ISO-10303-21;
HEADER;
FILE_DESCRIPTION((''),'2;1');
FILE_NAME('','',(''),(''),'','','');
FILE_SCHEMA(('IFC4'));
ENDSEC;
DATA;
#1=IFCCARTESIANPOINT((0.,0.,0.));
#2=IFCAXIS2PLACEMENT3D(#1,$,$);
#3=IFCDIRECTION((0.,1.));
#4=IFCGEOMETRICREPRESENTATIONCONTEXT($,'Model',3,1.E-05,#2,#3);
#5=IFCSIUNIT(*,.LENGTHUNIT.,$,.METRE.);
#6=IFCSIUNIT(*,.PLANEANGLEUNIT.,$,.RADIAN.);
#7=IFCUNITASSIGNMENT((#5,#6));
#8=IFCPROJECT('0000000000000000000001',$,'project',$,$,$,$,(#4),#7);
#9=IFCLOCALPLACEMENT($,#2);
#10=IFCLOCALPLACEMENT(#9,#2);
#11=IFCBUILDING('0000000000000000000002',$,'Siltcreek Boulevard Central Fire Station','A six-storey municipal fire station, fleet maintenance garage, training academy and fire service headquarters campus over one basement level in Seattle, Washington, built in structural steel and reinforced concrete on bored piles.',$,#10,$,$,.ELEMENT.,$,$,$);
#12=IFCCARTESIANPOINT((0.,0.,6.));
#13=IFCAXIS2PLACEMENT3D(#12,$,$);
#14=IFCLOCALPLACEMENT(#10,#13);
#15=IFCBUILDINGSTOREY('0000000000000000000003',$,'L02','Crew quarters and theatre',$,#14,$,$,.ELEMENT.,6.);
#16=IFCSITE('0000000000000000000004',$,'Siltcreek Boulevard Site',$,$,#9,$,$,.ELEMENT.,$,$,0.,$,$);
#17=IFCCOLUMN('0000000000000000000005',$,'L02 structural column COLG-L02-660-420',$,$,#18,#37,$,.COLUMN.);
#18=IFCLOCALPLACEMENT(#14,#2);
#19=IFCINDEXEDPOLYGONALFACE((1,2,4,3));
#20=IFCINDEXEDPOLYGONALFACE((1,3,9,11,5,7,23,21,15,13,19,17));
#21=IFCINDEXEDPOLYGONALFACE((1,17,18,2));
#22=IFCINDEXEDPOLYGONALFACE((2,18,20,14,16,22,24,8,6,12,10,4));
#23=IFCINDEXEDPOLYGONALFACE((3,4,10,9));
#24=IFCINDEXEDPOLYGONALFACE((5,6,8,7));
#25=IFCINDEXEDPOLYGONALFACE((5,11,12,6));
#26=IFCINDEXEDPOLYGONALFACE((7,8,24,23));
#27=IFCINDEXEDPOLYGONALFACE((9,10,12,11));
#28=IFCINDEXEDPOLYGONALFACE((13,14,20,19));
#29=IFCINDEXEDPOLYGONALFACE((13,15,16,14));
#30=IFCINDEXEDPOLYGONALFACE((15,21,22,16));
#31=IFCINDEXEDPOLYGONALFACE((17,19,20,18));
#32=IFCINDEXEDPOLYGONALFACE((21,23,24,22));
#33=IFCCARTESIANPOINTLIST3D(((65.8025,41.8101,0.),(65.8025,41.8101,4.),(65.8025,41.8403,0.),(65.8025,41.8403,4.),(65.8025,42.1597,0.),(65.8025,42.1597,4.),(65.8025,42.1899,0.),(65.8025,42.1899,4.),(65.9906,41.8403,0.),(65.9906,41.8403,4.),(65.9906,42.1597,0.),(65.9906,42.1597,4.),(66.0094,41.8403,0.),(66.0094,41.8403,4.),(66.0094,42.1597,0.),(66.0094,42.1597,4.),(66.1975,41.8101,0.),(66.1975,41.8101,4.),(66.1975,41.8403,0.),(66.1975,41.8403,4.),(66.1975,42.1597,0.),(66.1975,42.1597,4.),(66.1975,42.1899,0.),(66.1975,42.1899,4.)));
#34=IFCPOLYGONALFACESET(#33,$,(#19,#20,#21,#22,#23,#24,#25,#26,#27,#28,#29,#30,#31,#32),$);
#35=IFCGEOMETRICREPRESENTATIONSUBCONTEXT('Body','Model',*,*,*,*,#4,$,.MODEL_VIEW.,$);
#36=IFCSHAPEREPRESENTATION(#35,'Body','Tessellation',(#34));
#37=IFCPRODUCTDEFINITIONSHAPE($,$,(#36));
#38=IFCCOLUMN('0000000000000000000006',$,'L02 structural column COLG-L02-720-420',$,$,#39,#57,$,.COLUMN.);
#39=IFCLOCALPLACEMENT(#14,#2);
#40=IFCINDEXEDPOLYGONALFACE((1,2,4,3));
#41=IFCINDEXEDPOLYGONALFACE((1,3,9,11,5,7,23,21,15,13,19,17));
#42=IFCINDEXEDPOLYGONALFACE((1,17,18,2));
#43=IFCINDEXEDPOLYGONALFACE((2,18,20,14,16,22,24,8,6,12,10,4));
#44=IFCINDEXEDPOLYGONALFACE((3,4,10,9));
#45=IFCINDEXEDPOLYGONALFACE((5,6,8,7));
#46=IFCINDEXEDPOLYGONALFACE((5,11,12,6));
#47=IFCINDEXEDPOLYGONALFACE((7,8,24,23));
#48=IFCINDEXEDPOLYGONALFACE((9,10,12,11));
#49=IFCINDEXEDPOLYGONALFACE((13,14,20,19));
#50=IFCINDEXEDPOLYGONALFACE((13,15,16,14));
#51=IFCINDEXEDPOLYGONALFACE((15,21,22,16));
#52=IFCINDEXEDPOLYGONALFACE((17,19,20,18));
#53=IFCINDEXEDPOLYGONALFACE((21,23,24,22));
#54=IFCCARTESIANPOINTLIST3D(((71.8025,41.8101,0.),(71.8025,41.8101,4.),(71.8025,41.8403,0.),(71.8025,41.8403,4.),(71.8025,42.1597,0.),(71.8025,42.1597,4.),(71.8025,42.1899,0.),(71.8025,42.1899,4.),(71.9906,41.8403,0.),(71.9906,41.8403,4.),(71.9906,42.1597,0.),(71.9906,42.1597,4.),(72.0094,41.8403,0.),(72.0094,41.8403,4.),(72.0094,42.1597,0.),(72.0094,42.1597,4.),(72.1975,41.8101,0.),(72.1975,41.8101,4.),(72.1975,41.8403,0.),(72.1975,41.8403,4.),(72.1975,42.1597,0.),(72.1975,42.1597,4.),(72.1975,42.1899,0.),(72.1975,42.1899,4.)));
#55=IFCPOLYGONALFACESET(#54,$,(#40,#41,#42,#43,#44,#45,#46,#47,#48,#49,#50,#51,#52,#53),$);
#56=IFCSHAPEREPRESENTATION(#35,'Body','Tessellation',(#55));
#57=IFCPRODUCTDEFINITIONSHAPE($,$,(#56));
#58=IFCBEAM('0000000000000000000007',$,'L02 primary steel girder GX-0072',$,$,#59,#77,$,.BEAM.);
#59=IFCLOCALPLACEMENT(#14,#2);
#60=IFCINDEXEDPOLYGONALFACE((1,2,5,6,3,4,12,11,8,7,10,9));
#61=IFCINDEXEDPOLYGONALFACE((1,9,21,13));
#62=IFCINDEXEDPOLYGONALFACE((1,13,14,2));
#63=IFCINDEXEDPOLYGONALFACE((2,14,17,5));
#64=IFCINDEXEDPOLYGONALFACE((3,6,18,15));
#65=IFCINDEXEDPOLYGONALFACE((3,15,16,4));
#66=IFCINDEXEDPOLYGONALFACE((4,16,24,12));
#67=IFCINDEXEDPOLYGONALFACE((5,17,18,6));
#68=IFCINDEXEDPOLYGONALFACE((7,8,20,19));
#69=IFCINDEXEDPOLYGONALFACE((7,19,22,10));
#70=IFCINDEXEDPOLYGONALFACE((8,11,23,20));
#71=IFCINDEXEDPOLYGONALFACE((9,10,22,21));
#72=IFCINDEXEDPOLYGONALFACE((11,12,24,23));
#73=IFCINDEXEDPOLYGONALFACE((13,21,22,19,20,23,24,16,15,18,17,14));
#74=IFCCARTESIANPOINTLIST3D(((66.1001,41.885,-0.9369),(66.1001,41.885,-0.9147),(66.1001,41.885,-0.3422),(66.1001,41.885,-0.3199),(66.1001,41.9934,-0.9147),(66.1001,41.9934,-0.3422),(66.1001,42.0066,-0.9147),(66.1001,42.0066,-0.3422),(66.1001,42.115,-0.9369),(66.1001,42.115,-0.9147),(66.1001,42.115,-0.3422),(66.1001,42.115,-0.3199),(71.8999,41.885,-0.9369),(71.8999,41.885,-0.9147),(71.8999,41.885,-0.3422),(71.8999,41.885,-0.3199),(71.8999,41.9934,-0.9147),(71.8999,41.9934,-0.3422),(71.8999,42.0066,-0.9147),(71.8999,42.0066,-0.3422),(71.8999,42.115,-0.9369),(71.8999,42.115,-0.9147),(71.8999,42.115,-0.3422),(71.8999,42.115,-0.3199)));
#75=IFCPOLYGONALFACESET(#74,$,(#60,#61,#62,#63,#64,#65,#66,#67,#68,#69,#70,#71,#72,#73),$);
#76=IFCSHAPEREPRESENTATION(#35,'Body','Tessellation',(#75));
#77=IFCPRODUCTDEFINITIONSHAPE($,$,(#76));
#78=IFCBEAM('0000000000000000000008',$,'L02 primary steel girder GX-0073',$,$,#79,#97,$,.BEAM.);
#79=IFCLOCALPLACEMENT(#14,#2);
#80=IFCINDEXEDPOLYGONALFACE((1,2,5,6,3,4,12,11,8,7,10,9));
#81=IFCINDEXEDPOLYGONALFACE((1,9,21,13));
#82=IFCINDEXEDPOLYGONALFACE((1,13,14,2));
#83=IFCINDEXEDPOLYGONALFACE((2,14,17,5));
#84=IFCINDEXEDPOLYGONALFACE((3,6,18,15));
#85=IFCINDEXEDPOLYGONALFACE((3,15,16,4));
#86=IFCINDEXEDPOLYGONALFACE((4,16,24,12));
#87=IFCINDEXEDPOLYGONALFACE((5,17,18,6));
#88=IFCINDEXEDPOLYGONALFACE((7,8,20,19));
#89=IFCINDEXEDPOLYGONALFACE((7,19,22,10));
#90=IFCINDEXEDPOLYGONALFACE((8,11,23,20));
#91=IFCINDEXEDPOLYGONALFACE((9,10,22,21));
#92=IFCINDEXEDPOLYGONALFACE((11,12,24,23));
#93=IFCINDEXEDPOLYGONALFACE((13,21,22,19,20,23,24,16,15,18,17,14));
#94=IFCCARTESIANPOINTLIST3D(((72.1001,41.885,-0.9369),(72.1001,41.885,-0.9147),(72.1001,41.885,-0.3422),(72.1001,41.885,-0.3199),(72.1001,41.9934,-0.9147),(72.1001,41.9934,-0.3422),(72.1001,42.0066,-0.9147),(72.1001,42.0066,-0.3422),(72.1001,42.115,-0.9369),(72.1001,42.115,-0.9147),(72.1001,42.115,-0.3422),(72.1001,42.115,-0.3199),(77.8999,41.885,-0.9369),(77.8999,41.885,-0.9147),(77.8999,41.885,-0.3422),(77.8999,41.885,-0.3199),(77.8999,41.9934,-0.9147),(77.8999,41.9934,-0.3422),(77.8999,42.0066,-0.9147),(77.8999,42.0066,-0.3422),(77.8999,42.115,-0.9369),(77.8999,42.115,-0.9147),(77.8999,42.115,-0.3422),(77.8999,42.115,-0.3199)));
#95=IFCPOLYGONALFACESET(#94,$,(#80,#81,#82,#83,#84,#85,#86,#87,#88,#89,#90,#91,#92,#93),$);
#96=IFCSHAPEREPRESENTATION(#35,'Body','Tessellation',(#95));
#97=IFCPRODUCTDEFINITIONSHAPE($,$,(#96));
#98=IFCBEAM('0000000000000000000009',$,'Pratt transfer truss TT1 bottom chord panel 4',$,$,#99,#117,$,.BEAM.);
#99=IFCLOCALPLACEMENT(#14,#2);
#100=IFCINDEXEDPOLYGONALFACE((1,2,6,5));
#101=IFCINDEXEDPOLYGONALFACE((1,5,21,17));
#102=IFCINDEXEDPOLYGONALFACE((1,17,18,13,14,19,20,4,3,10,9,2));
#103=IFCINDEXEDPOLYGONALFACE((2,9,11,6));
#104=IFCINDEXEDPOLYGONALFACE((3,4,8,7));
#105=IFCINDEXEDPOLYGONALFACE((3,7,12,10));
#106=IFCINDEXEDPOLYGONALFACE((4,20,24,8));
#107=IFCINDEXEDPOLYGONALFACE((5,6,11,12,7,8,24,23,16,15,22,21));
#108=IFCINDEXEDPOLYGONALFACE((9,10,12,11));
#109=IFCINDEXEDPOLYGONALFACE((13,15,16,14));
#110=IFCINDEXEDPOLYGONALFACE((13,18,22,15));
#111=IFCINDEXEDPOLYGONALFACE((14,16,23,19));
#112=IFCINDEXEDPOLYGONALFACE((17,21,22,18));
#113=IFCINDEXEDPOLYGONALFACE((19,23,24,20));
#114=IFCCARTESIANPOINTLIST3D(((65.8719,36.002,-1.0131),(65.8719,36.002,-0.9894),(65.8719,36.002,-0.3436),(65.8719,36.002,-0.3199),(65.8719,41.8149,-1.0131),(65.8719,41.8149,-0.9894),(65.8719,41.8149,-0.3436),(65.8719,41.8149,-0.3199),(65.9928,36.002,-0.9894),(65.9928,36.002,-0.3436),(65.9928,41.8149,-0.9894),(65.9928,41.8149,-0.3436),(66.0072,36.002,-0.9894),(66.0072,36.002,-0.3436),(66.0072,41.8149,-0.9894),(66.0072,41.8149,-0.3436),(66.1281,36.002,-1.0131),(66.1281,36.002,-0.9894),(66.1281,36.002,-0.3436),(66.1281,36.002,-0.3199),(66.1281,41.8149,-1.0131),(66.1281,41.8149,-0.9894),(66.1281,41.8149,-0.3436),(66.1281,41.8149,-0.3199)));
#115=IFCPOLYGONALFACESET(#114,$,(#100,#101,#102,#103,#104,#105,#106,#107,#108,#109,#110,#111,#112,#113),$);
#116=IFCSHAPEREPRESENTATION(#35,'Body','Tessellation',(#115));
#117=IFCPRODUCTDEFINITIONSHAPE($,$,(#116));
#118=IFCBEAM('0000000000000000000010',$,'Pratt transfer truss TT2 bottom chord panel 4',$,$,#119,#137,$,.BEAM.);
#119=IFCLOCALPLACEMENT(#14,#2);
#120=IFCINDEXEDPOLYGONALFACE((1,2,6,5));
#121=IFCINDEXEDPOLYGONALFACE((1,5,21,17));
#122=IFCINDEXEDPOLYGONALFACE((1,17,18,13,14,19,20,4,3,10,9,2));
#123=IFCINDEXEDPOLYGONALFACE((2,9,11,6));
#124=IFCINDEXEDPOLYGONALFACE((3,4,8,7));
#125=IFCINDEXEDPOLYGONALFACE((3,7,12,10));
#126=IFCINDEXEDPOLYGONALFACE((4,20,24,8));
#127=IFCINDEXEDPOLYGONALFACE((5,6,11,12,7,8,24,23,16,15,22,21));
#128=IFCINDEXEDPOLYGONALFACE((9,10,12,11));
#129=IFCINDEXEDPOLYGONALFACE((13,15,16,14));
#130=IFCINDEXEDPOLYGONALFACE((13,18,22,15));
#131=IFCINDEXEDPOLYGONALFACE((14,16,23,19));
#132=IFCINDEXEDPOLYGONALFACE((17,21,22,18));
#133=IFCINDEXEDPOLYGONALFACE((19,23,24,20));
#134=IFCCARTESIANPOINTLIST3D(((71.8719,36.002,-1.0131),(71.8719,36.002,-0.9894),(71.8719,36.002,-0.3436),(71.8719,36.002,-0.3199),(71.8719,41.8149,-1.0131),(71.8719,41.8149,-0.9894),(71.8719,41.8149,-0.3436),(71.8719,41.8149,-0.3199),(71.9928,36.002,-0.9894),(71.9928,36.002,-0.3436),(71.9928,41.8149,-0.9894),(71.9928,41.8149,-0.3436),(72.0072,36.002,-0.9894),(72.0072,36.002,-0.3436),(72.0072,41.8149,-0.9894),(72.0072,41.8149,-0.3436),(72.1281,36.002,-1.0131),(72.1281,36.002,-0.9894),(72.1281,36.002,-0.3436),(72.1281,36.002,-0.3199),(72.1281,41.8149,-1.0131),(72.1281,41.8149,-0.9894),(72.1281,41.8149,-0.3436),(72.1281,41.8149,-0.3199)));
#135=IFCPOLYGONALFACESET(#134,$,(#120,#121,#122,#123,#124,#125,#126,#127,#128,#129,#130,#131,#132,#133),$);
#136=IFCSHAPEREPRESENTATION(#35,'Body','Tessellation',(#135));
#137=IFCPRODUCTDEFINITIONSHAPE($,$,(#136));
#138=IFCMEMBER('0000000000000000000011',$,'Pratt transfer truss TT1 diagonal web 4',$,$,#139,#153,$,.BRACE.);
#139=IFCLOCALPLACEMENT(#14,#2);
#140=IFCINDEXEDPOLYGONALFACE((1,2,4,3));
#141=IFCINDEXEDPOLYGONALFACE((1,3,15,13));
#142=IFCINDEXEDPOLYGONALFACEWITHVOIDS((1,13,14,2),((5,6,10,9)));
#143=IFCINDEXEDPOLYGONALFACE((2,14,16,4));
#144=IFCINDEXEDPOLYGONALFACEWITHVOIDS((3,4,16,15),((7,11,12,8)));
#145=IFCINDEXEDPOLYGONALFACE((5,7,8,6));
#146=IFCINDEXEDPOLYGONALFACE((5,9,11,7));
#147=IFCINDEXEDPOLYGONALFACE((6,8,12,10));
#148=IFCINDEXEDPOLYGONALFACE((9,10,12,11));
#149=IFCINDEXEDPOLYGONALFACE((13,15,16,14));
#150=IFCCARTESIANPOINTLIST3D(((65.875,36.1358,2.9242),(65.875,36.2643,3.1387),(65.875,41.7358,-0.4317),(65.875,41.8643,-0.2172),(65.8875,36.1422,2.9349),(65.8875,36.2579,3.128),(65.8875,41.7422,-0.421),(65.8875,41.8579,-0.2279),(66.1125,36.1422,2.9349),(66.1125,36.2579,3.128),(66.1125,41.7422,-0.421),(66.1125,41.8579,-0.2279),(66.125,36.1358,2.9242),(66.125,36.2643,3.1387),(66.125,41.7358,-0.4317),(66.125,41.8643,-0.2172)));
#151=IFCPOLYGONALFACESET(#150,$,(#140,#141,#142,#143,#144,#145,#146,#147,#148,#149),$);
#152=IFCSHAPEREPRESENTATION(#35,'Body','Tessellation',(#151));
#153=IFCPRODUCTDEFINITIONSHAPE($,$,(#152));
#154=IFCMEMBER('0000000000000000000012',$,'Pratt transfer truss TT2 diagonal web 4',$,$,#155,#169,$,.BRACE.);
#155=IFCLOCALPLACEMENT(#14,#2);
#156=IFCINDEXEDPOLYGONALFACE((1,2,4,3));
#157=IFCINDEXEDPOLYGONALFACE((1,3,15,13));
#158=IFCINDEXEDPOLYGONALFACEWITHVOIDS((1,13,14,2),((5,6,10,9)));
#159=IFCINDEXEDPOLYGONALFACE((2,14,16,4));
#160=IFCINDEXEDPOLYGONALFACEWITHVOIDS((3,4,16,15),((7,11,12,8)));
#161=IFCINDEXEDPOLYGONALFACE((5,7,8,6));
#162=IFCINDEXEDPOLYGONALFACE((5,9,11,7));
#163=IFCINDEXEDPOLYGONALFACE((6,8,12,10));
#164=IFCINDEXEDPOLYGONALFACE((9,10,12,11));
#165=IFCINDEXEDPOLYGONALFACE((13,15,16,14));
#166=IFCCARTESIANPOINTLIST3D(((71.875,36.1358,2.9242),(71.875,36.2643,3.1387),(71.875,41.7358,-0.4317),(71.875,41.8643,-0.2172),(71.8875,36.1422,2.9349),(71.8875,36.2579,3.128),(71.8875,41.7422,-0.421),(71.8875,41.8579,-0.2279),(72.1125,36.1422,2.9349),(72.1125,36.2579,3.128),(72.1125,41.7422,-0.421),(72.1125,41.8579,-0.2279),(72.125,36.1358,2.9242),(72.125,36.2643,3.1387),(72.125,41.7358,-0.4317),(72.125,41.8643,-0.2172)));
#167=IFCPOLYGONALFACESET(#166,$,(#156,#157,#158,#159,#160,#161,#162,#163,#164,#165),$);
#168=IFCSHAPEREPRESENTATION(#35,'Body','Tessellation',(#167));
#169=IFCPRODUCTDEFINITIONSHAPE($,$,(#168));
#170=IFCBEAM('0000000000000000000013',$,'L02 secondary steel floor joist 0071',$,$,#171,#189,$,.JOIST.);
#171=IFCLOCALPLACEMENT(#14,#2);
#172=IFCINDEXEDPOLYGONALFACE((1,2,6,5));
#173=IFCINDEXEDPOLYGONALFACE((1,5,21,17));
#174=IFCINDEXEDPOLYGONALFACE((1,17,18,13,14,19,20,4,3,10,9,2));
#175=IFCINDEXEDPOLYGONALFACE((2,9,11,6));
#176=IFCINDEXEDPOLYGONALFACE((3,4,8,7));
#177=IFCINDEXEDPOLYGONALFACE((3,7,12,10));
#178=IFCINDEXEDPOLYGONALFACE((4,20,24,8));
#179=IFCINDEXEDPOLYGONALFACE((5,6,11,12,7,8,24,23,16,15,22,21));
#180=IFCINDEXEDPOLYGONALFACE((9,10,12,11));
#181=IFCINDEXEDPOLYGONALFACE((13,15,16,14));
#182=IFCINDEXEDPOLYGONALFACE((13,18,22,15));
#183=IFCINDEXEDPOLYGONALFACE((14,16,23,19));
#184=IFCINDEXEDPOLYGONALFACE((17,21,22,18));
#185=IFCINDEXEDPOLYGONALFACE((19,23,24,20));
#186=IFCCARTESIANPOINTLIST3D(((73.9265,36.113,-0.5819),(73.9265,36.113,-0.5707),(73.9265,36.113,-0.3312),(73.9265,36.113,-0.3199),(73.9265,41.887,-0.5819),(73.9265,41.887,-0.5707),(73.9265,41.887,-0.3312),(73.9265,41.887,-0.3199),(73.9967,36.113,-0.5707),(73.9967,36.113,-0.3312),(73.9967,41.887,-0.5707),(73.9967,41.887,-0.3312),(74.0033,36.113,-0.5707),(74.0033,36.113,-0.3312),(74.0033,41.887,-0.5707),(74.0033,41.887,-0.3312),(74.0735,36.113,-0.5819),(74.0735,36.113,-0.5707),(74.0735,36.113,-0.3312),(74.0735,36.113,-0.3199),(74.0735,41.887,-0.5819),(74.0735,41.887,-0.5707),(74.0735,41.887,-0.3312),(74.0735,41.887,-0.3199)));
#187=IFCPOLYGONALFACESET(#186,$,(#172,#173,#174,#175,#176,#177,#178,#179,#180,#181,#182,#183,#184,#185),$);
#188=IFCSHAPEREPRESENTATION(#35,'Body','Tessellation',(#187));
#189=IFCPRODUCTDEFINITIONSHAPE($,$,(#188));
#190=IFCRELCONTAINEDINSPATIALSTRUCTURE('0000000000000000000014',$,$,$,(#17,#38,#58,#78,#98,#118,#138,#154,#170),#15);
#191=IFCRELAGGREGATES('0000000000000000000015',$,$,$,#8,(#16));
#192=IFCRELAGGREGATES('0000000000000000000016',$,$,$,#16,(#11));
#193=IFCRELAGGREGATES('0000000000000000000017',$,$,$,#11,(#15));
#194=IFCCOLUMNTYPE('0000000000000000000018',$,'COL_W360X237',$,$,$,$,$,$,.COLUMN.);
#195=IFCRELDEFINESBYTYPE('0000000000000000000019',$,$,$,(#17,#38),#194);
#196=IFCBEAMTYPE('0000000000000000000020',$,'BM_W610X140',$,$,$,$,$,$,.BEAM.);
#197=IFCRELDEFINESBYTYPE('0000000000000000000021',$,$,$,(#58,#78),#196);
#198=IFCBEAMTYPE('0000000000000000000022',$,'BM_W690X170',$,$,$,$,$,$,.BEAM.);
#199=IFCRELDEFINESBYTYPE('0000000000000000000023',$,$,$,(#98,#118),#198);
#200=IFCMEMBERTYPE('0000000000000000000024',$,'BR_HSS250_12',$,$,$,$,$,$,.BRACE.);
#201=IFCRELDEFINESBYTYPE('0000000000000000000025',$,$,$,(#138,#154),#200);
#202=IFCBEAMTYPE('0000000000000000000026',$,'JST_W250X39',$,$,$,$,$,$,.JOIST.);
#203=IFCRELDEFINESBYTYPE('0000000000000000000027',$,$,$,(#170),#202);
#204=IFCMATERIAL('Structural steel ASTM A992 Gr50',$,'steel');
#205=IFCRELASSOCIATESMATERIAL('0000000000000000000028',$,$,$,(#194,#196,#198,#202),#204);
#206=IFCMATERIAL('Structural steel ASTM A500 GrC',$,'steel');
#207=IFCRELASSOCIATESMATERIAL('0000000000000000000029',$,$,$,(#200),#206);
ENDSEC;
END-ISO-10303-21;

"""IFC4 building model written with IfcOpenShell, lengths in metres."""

from ifc_helpers import new_model, si_unit, direction, frame, origin, origin_2d, place, context, subcontext, project, spatial, hollow_rectangle, i_section, extrude, material, material_profile, profile_set, type_object, element, save


model = new_model("IFC4")

# Units and contexts
model_context = context("Model", 3, precision=1e-05, world=origin(), true_north=direction((0.0, 1.0)))
body_context = subcontext(model_context, "Body", "Model", "MODEL_VIEW")
ifc_project = project(units=[si_unit("LENGTHUNIT", "METRE"), si_unit("PLANEANGLEUNIT", "RADIAN")], contexts=[model_context])

# Site, building, storey
site_placement = place(None, origin())
site = spatial("IfcSite", under=ifc_project, at=site_placement, Name="Siltcreek Boulevard Site", CompositionType="ELEMENT", RefElevation=0.0)
building_placement = place(site_placement, origin())
building = spatial("IfcBuilding", under=site, at=building_placement, Name="Siltcreek Boulevard Central Fire Station", Description="A six-storey municipal fire station, fleet maintenance garage, training academy and fire service headquarters campus over one basement level in Seattle, Washington, built in structural steel and reinforced concrete on bored piles.", CompositionType="ELEMENT")
storey_placement = place(building_placement, frame((0.0, 0.0, 6.0)))
storey = spatial("IfcBuildingStorey", under=building, at=storey_placement, Name="L02", Description="Crew quarters and theatre", CompositionType="ELEMENT", Elevation=6.0)

# Columns
ifc_material_1 = material(Name="Structural steel ASTM A992 Gr50", Category="steel")
ifc_material_profile_1 = material_profile(ifc_material_1, i_section(OverallWidth=0.395, OverallDepth=0.3799, WebThickness=0.0188, FlangeThickness=0.0303, at=origin_2d()), Name="W360X237")
ifc_profile_set_1 = profile_set([ifc_material_profile_1], Name="Structural steel ASTM A992 Gr50")
column_type = type_object("IfcColumnType", Name="COL_W360X237", PredefinedType="COLUMN", material=ifc_profile_set_1)
for number, where, z_axis, x_axis, name in (
    (1, (66.0, 42.0, 0.0), (0.0, 0.0, 1.0), (1.0, 0.0, 0.0), "L02 structural column COLG-L02-660-420"),
    (2, (72.0, 42.0, 0.0), (0.0, 0.0, 1.0), (1.0, 0.0, 0.0), "L02 structural column COLG-L02-720-420"),
):
    element("IfcColumn", number, at=place(storey_placement, frame(where, z_axis=z_axis, x_axis=x_axis)), inside=storey, type_object=column_type, Name=name, PredefinedType="COLUMN", context=body_context, shape_type="SweptSolid", body=[
        extrude(i_section(OverallWidth=0.395, OverallDepth=0.3799, WebThickness=0.0188, FlangeThickness=0.0303, at=origin_2d()), origin(), (0.0, 0.0, 1.0), 4.0),
    ])

# Beams
ifc_material_profile_2 = material_profile(ifc_material_1, i_section(OverallWidth=0.23, OverallDepth=0.6169, WebThickness=0.0132, FlangeThickness=0.0222, at=origin_2d()), Name="W610X140")
ifc_profile_set_2 = profile_set([ifc_material_profile_2], Name="Structural steel ASTM A992 Gr50")
beam_type_1 = type_object("IfcBeamType", Name="BM_W610X140", PredefinedType="BEAM", material=ifc_profile_set_2)
for number, where, z_axis, x_axis, name in (
    (3, (66.1001, 42.0, -0.6284), (1.0, 0.0, 0.0), (0.0, 1.0, 0.0), "L02 primary steel girder GX-0072"),
    (4, (72.1001, 42.0, -0.6284), (1.0, 0.0, 0.0), (0.0, 1.0, 0.0), "L02 primary steel girder GX-0073"),
):
    element("IfcBeam", number, at=place(storey_placement, frame(where, z_axis=z_axis, x_axis=x_axis)), inside=storey, type_object=beam_type_1, Name=name, PredefinedType="BEAM", context=body_context, shape_type="SweptSolid", body=[
        extrude(i_section(OverallWidth=0.23, OverallDepth=0.6169, WebThickness=0.0132, FlangeThickness=0.0222, at=origin_2d()), origin(), (0.0, 0.0, 1.0), 5.7998),
    ])
ifc_material_profile_3 = material_profile(ifc_material_1, i_section(OverallWidth=0.2561, OverallDepth=0.6931, WebThickness=0.0144, FlangeThickness=0.0237, at=origin_2d()), Name="W690X170")
ifc_profile_set_3 = profile_set([ifc_material_profile_3], Name="Structural steel ASTM A992 Gr50")
beam_type_2 = type_object("IfcBeamType", Name="BM_W690X170", PredefinedType="BEAM", material=ifc_profile_set_3)
for number, where, z_axis, x_axis, name in (
    (5, (66.0, 36.002, -0.6665), (0.0, 1.0, 0.0), (-1.0, 0.0, 0.0), "Pratt transfer truss TT1 bottom chord panel 4"),
    (6, (72.0, 36.002, -0.6665), (0.0, 1.0, 0.0), (-1.0, 0.0, 0.0), "Pratt transfer truss TT2 bottom chord panel 4"),
):
    element("IfcBeam", number, at=place(storey_placement, frame(where, z_axis=z_axis, x_axis=x_axis)), inside=storey, type_object=beam_type_2, Name=name, PredefinedType="BEAM", context=body_context, shape_type="SweptSolid", body=[
        extrude(i_section(OverallWidth=0.2561, OverallDepth=0.6931, WebThickness=0.0144, FlangeThickness=0.0237, at=origin_2d()), origin(), (0.0, 0.0, 1.0), 5.813),
    ])

# Members
ifc_material_2 = material(Name="Structural steel ASTM A500 GrC", Category="steel")
ifc_material_profile_4 = material_profile(ifc_material_2, hollow_rectangle(XDim=0.25, YDim=0.25, WallThickness=0.0125, at=origin_2d()), Name="HSS250X250X12.5")
ifc_profile_set_4 = profile_set([ifc_material_profile_4], Name="Structural steel ASTM A500 GrC")
member_type = type_object("IfcMemberType", Name="BR_HSS250_12", PredefinedType="BRACE", material=ifc_profile_set_4)
for number, where, z_axis, x_axis, name in (
    (7, (66.0, 41.8, -0.3245), (0.0, -0.85777, 0.514034), (1.0, 0.0, 0.0), "Pratt transfer truss TT1 diagonal web 4"),
    (8, (72.0, 41.8, -0.3245), (0.0, -0.85777, 0.514034), (1.0, 0.0, 0.0), "Pratt transfer truss TT2 diagonal web 4"),
):
    element("IfcMember", number, at=place(storey_placement, frame(where, z_axis=z_axis, x_axis=x_axis)), inside=storey, type_object=member_type, Name=name, PredefinedType="BRACE", context=body_context, shape_type="SweptSolid", body=[
        extrude(hollow_rectangle(XDim=0.25, YDim=0.25, WallThickness=0.0125, at=origin_2d()), origin(), (0.0, 0.0, 1.0), 6.5286),
    ])

# Beam
ifc_material_profile_5 = material_profile(ifc_material_1, i_section(OverallWidth=0.147, OverallDepth=0.262, WebThickness=0.0066, FlangeThickness=0.0112, at=origin_2d()), Name="W250X39")
ifc_profile_set_5 = profile_set([ifc_material_profile_5], Name="Structural steel ASTM A992 Gr50")
beam_type_3 = type_object("IfcBeamType", Name="JST_W250X39", PredefinedType="JOIST", material=ifc_profile_set_5)
beam_1_placement = place(storey_placement, frame((74.0, 36.113, -0.4509), z_axis=(0.0, 1.0, 0.0), x_axis=(-1.0, 0.0, 0.0)))
element("IfcBeam", 9, at=beam_1_placement, inside=storey, type_object=beam_type_3, Name="L02 secondary steel floor joist 0071", PredefinedType="JOIST", context=body_context, shape_type="SweptSolid", body=[
    extrude(i_section(OverallWidth=0.147, OverallDepth=0.262, WebThickness=0.0066, FlangeThickness=0.0112, at=origin_2d()), origin(), (0.0, 0.0, 1.0), 5.7739),
])

save(model, "model.ifc")
